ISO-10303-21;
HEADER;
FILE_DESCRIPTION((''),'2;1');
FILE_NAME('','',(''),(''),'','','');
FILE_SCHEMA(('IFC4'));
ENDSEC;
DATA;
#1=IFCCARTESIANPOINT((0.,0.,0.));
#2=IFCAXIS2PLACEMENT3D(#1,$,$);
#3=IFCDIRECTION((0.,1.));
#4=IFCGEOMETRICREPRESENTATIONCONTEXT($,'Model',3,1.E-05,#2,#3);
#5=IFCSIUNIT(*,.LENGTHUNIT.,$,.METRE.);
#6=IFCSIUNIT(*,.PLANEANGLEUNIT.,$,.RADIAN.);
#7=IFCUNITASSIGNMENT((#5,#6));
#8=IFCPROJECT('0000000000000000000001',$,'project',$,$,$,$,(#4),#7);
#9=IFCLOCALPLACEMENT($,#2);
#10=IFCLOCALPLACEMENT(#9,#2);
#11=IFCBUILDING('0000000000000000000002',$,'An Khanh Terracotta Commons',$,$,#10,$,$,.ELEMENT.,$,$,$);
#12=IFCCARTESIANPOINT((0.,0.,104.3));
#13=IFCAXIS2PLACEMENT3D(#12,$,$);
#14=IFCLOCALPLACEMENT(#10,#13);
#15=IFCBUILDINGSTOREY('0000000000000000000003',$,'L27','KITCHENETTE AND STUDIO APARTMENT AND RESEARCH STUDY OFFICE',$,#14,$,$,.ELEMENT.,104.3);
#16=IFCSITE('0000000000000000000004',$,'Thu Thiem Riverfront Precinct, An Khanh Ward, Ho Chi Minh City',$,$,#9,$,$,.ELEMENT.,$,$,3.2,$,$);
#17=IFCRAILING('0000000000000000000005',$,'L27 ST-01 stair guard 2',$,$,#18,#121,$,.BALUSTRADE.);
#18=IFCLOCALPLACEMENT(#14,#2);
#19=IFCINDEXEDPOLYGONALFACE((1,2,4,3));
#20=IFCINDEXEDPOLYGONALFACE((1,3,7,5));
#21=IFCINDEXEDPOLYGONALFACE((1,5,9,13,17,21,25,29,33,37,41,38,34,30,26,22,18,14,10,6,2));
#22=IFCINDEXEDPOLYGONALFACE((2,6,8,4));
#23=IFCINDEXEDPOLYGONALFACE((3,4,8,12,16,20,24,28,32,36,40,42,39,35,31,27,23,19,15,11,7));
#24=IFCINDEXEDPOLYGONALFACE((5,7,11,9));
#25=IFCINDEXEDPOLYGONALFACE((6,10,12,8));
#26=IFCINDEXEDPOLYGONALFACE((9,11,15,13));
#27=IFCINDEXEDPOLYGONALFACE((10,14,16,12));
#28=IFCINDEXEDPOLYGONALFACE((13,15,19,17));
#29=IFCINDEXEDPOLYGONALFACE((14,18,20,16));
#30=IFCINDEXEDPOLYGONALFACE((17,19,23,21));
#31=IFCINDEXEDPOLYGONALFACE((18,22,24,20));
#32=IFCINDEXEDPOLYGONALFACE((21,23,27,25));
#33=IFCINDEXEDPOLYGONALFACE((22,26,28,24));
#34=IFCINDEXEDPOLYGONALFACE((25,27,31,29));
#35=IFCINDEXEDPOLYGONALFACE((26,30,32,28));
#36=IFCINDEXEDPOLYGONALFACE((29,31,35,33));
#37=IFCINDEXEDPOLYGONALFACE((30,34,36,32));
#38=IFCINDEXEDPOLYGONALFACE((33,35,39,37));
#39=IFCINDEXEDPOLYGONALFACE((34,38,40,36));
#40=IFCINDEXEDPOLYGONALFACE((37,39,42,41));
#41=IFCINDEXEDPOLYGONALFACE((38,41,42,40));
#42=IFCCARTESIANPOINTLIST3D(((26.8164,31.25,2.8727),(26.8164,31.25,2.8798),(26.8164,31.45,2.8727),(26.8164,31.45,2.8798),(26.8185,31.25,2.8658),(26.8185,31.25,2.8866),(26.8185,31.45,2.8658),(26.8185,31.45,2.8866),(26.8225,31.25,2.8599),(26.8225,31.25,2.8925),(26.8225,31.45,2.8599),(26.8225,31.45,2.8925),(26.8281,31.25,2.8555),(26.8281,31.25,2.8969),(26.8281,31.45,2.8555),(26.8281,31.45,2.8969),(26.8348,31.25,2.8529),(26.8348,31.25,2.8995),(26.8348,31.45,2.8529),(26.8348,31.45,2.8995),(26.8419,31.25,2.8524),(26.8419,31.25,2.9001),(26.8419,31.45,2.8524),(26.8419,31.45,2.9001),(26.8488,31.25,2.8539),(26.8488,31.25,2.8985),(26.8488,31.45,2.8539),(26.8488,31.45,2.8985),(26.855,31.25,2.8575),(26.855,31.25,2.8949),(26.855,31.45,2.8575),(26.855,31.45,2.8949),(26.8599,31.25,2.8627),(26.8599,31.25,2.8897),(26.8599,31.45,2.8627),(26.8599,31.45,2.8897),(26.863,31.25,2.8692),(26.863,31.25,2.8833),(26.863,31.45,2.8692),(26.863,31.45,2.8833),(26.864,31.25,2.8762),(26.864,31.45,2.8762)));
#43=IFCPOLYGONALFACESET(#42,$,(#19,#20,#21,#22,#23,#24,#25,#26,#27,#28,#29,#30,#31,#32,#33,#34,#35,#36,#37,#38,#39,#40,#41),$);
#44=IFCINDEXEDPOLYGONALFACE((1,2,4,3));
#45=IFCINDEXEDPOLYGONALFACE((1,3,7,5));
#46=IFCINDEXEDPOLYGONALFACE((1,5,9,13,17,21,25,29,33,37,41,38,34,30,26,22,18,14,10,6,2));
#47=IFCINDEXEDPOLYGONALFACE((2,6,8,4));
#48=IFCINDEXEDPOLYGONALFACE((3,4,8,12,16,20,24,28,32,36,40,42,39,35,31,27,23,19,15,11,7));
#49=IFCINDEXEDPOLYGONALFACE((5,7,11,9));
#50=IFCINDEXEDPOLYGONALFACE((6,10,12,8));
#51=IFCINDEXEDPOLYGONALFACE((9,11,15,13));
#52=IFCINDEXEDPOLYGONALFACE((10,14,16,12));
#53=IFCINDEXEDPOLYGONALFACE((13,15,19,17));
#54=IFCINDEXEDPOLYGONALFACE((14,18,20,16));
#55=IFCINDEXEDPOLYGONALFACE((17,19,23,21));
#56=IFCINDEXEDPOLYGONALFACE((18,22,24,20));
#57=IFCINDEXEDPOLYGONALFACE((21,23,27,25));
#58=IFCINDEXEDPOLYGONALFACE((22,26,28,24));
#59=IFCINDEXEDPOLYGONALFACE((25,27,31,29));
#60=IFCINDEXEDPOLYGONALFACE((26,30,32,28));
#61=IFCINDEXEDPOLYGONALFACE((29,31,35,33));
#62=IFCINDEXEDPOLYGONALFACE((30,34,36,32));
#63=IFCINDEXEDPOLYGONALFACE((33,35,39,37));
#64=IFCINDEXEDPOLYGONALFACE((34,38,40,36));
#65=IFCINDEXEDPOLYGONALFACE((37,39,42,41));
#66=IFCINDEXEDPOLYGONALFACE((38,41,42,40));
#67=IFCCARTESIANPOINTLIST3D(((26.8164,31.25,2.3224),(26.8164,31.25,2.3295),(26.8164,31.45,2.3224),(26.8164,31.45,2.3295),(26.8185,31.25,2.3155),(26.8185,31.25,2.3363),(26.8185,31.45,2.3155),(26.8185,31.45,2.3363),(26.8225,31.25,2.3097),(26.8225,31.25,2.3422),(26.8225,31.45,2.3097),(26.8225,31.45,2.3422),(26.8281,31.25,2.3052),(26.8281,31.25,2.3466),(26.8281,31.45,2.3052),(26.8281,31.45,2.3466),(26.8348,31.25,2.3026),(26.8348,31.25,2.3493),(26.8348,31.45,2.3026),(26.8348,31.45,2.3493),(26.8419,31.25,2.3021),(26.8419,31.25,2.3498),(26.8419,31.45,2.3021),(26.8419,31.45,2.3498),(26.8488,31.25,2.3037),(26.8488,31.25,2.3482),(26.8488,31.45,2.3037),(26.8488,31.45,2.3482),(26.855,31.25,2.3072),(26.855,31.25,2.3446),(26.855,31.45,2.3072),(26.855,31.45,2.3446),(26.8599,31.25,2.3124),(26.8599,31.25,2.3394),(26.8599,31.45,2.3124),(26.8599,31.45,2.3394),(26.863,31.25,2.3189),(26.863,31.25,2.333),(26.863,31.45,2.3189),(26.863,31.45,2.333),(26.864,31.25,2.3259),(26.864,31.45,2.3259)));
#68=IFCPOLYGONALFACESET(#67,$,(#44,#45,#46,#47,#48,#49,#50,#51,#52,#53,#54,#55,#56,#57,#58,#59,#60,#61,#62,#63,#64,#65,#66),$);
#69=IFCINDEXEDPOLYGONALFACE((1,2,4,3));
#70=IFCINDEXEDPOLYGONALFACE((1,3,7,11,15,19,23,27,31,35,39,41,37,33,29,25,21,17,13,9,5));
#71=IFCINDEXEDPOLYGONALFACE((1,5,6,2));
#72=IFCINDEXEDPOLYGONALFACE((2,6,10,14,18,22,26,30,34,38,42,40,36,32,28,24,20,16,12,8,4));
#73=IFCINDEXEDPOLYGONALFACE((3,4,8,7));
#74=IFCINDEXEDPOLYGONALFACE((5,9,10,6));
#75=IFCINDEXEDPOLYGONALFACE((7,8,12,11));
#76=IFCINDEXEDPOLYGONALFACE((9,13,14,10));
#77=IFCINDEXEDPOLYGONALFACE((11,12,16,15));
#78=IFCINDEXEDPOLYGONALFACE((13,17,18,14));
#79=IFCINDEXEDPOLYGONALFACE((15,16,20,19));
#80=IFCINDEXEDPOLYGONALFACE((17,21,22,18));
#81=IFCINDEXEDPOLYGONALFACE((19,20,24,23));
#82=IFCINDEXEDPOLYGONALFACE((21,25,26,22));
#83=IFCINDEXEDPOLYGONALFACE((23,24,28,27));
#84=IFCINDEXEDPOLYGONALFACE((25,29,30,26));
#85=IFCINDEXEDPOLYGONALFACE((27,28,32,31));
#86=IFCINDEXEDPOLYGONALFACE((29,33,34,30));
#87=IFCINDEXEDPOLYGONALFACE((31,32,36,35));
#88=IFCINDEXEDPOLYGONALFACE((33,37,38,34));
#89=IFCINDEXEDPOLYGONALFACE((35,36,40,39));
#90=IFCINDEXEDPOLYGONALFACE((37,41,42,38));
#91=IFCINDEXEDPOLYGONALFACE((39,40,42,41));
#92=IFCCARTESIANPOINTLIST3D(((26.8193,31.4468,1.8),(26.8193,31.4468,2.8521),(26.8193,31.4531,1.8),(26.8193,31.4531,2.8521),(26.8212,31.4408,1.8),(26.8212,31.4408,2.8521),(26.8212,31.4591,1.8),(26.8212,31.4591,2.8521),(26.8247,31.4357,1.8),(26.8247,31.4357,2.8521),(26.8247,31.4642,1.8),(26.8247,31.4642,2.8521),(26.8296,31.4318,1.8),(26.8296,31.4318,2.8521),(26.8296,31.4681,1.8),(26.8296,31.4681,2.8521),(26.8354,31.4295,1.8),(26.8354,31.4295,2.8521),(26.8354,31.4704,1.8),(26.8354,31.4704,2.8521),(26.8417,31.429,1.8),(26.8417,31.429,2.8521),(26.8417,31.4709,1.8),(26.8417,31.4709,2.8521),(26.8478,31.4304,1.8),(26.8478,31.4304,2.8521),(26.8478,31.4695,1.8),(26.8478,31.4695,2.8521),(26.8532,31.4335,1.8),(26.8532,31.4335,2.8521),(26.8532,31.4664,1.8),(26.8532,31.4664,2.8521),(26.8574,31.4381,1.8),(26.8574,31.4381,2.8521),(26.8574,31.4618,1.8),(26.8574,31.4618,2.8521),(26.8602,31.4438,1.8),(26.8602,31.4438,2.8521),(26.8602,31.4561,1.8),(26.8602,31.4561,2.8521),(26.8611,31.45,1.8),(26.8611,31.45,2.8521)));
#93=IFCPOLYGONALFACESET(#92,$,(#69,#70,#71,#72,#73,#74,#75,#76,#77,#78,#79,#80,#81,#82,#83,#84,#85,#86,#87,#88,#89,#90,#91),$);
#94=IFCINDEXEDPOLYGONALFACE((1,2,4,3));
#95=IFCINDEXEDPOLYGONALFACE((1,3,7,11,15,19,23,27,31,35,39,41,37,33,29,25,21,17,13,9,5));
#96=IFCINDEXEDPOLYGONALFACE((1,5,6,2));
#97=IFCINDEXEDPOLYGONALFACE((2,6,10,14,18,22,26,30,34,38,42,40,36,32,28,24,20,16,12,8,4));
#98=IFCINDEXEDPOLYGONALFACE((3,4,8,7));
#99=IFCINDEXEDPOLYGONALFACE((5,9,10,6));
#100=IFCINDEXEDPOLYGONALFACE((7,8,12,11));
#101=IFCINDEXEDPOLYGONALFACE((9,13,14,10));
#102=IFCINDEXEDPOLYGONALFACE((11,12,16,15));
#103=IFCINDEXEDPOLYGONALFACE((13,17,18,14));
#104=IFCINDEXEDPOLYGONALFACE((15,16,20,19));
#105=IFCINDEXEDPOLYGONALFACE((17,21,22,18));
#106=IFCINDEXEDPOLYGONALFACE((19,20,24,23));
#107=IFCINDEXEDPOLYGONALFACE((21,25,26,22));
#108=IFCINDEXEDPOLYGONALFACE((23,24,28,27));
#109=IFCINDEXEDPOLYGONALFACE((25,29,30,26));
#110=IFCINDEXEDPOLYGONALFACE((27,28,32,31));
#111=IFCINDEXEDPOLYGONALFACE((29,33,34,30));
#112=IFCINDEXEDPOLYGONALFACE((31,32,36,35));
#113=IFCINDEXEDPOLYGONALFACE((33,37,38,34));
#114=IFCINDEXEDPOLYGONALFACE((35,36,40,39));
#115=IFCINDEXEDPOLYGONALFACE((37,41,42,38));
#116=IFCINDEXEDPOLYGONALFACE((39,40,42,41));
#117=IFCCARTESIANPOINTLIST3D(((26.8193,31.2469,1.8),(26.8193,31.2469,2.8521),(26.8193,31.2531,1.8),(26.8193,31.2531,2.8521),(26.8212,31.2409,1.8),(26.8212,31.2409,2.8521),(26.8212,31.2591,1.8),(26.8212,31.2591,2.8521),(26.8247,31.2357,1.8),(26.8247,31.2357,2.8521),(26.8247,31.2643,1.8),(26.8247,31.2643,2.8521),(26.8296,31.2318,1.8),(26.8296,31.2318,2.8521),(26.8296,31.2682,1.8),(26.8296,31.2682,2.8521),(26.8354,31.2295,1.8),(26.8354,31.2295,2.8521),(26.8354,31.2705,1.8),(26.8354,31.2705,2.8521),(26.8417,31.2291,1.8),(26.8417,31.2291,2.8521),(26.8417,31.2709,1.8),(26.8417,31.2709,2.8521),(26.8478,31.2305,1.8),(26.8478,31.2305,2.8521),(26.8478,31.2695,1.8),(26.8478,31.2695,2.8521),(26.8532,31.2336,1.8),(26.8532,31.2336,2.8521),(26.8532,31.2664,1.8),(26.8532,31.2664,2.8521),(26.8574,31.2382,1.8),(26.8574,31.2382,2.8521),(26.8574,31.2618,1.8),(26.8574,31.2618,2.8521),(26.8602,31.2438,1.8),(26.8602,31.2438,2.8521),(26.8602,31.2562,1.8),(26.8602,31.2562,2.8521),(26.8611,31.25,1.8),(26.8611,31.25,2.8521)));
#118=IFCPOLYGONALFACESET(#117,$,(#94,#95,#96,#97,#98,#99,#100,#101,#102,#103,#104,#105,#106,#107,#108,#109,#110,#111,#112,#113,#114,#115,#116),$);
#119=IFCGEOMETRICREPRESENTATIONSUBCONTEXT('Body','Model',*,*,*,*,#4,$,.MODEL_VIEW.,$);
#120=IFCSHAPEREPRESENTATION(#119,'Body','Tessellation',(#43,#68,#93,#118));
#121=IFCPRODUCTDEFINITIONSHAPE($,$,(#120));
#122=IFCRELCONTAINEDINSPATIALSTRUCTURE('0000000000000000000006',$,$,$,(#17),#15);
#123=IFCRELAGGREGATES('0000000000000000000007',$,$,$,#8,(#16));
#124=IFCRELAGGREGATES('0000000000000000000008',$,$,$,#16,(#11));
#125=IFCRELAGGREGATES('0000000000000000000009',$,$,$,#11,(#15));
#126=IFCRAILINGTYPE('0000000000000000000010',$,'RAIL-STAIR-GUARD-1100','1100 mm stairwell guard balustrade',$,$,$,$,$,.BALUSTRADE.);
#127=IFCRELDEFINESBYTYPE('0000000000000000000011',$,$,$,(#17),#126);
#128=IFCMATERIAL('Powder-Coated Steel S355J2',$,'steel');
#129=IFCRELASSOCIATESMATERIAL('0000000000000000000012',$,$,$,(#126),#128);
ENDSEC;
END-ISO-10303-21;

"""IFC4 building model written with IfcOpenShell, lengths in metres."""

from ifc_helpers import new_model, si_unit, direction, frame, origin, origin_2d, place, context, subcontext, project, spatial, circle, extrude, material, type_object, element, save


model = new_model("IFC4")

# Units and contexts
model_context = context("Model", 3, precision=1e-05, world=origin(), true_north=direction((0.0, 1.0)))
body_context = subcontext(model_context, "Body", "Model", "MODEL_VIEW")
ifc_project = project(units=[si_unit("LENGTHUNIT", "METRE"), si_unit("PLANEANGLEUNIT", "RADIAN")], contexts=[model_context])

# Site, building, storey
site_placement = place(None, origin())
site = spatial("IfcSite", under=ifc_project, at=site_placement, Name="Thu Thiem Riverfront Precinct, An Khanh Ward, Ho Chi Minh City", CompositionType="ELEMENT", RefElevation=3.2)
building_placement = place(site_placement, origin())
building = spatial("IfcBuilding", under=site, at=building_placement, Name="An Khanh Terracotta Commons", CompositionType="ELEMENT")
storey_placement = place(building_placement, frame((0.0, 0.0, 104.3)))
storey = spatial("IfcBuildingStorey", under=building, at=storey_placement, Name="L27", Description="KITCHENETTE AND STUDIO APARTMENT AND RESEARCH STUDY OFFICE", CompositionType="ELEMENT", Elevation=104.3)

# Railing
ifc_material_1 = material(Name="Powder-Coated Steel S355J2", Category="steel")
railing_type = type_object("IfcRailingType", Name="RAIL-STAIR-GUARD-1100", Description="1100 mm stairwell guard balustrade", PredefinedType="BALUSTRADE", material=ifc_material_1)
railing_placement = place(storey_placement, frame((26.8401, 31.45, 1.8)))
element("IfcRailing", 1, at=railing_placement, inside=storey, type_object=railing_type, Name="L27 ST-01 stair guard 2", PredefinedType="BALUSTRADE", context=body_context, shape_type="SweptSolid", body=[
    extrude(circle(Radius=0.0239, at=origin_2d()), frame((0.0, 0.0, 1.0762), z_axis=(0.0, -1.0, 0.0), x_axis=(1.0, 0.0, 0.0)), (0.0, 0.0, 1.0), 0.2),
    extrude(circle(Radius=0.0239, at=origin_2d()), frame((0.0, 0.0, 0.5259), z_axis=(0.0, -1.0, 0.0), x_axis=(1.0, 0.0, 0.0)), (0.0, 0.0, 1.0), 0.2),
    extrude(circle(Radius=0.021, at=origin_2d()), origin(), (0.0, 0.0, 1.0), 1.052),
    extrude(circle(Radius=0.021, at=origin_2d()), frame((0.0, -0.2, 0.0)), (0.0, 0.0, 1.0), 1.052),
])

save(model, "model.ifc")
